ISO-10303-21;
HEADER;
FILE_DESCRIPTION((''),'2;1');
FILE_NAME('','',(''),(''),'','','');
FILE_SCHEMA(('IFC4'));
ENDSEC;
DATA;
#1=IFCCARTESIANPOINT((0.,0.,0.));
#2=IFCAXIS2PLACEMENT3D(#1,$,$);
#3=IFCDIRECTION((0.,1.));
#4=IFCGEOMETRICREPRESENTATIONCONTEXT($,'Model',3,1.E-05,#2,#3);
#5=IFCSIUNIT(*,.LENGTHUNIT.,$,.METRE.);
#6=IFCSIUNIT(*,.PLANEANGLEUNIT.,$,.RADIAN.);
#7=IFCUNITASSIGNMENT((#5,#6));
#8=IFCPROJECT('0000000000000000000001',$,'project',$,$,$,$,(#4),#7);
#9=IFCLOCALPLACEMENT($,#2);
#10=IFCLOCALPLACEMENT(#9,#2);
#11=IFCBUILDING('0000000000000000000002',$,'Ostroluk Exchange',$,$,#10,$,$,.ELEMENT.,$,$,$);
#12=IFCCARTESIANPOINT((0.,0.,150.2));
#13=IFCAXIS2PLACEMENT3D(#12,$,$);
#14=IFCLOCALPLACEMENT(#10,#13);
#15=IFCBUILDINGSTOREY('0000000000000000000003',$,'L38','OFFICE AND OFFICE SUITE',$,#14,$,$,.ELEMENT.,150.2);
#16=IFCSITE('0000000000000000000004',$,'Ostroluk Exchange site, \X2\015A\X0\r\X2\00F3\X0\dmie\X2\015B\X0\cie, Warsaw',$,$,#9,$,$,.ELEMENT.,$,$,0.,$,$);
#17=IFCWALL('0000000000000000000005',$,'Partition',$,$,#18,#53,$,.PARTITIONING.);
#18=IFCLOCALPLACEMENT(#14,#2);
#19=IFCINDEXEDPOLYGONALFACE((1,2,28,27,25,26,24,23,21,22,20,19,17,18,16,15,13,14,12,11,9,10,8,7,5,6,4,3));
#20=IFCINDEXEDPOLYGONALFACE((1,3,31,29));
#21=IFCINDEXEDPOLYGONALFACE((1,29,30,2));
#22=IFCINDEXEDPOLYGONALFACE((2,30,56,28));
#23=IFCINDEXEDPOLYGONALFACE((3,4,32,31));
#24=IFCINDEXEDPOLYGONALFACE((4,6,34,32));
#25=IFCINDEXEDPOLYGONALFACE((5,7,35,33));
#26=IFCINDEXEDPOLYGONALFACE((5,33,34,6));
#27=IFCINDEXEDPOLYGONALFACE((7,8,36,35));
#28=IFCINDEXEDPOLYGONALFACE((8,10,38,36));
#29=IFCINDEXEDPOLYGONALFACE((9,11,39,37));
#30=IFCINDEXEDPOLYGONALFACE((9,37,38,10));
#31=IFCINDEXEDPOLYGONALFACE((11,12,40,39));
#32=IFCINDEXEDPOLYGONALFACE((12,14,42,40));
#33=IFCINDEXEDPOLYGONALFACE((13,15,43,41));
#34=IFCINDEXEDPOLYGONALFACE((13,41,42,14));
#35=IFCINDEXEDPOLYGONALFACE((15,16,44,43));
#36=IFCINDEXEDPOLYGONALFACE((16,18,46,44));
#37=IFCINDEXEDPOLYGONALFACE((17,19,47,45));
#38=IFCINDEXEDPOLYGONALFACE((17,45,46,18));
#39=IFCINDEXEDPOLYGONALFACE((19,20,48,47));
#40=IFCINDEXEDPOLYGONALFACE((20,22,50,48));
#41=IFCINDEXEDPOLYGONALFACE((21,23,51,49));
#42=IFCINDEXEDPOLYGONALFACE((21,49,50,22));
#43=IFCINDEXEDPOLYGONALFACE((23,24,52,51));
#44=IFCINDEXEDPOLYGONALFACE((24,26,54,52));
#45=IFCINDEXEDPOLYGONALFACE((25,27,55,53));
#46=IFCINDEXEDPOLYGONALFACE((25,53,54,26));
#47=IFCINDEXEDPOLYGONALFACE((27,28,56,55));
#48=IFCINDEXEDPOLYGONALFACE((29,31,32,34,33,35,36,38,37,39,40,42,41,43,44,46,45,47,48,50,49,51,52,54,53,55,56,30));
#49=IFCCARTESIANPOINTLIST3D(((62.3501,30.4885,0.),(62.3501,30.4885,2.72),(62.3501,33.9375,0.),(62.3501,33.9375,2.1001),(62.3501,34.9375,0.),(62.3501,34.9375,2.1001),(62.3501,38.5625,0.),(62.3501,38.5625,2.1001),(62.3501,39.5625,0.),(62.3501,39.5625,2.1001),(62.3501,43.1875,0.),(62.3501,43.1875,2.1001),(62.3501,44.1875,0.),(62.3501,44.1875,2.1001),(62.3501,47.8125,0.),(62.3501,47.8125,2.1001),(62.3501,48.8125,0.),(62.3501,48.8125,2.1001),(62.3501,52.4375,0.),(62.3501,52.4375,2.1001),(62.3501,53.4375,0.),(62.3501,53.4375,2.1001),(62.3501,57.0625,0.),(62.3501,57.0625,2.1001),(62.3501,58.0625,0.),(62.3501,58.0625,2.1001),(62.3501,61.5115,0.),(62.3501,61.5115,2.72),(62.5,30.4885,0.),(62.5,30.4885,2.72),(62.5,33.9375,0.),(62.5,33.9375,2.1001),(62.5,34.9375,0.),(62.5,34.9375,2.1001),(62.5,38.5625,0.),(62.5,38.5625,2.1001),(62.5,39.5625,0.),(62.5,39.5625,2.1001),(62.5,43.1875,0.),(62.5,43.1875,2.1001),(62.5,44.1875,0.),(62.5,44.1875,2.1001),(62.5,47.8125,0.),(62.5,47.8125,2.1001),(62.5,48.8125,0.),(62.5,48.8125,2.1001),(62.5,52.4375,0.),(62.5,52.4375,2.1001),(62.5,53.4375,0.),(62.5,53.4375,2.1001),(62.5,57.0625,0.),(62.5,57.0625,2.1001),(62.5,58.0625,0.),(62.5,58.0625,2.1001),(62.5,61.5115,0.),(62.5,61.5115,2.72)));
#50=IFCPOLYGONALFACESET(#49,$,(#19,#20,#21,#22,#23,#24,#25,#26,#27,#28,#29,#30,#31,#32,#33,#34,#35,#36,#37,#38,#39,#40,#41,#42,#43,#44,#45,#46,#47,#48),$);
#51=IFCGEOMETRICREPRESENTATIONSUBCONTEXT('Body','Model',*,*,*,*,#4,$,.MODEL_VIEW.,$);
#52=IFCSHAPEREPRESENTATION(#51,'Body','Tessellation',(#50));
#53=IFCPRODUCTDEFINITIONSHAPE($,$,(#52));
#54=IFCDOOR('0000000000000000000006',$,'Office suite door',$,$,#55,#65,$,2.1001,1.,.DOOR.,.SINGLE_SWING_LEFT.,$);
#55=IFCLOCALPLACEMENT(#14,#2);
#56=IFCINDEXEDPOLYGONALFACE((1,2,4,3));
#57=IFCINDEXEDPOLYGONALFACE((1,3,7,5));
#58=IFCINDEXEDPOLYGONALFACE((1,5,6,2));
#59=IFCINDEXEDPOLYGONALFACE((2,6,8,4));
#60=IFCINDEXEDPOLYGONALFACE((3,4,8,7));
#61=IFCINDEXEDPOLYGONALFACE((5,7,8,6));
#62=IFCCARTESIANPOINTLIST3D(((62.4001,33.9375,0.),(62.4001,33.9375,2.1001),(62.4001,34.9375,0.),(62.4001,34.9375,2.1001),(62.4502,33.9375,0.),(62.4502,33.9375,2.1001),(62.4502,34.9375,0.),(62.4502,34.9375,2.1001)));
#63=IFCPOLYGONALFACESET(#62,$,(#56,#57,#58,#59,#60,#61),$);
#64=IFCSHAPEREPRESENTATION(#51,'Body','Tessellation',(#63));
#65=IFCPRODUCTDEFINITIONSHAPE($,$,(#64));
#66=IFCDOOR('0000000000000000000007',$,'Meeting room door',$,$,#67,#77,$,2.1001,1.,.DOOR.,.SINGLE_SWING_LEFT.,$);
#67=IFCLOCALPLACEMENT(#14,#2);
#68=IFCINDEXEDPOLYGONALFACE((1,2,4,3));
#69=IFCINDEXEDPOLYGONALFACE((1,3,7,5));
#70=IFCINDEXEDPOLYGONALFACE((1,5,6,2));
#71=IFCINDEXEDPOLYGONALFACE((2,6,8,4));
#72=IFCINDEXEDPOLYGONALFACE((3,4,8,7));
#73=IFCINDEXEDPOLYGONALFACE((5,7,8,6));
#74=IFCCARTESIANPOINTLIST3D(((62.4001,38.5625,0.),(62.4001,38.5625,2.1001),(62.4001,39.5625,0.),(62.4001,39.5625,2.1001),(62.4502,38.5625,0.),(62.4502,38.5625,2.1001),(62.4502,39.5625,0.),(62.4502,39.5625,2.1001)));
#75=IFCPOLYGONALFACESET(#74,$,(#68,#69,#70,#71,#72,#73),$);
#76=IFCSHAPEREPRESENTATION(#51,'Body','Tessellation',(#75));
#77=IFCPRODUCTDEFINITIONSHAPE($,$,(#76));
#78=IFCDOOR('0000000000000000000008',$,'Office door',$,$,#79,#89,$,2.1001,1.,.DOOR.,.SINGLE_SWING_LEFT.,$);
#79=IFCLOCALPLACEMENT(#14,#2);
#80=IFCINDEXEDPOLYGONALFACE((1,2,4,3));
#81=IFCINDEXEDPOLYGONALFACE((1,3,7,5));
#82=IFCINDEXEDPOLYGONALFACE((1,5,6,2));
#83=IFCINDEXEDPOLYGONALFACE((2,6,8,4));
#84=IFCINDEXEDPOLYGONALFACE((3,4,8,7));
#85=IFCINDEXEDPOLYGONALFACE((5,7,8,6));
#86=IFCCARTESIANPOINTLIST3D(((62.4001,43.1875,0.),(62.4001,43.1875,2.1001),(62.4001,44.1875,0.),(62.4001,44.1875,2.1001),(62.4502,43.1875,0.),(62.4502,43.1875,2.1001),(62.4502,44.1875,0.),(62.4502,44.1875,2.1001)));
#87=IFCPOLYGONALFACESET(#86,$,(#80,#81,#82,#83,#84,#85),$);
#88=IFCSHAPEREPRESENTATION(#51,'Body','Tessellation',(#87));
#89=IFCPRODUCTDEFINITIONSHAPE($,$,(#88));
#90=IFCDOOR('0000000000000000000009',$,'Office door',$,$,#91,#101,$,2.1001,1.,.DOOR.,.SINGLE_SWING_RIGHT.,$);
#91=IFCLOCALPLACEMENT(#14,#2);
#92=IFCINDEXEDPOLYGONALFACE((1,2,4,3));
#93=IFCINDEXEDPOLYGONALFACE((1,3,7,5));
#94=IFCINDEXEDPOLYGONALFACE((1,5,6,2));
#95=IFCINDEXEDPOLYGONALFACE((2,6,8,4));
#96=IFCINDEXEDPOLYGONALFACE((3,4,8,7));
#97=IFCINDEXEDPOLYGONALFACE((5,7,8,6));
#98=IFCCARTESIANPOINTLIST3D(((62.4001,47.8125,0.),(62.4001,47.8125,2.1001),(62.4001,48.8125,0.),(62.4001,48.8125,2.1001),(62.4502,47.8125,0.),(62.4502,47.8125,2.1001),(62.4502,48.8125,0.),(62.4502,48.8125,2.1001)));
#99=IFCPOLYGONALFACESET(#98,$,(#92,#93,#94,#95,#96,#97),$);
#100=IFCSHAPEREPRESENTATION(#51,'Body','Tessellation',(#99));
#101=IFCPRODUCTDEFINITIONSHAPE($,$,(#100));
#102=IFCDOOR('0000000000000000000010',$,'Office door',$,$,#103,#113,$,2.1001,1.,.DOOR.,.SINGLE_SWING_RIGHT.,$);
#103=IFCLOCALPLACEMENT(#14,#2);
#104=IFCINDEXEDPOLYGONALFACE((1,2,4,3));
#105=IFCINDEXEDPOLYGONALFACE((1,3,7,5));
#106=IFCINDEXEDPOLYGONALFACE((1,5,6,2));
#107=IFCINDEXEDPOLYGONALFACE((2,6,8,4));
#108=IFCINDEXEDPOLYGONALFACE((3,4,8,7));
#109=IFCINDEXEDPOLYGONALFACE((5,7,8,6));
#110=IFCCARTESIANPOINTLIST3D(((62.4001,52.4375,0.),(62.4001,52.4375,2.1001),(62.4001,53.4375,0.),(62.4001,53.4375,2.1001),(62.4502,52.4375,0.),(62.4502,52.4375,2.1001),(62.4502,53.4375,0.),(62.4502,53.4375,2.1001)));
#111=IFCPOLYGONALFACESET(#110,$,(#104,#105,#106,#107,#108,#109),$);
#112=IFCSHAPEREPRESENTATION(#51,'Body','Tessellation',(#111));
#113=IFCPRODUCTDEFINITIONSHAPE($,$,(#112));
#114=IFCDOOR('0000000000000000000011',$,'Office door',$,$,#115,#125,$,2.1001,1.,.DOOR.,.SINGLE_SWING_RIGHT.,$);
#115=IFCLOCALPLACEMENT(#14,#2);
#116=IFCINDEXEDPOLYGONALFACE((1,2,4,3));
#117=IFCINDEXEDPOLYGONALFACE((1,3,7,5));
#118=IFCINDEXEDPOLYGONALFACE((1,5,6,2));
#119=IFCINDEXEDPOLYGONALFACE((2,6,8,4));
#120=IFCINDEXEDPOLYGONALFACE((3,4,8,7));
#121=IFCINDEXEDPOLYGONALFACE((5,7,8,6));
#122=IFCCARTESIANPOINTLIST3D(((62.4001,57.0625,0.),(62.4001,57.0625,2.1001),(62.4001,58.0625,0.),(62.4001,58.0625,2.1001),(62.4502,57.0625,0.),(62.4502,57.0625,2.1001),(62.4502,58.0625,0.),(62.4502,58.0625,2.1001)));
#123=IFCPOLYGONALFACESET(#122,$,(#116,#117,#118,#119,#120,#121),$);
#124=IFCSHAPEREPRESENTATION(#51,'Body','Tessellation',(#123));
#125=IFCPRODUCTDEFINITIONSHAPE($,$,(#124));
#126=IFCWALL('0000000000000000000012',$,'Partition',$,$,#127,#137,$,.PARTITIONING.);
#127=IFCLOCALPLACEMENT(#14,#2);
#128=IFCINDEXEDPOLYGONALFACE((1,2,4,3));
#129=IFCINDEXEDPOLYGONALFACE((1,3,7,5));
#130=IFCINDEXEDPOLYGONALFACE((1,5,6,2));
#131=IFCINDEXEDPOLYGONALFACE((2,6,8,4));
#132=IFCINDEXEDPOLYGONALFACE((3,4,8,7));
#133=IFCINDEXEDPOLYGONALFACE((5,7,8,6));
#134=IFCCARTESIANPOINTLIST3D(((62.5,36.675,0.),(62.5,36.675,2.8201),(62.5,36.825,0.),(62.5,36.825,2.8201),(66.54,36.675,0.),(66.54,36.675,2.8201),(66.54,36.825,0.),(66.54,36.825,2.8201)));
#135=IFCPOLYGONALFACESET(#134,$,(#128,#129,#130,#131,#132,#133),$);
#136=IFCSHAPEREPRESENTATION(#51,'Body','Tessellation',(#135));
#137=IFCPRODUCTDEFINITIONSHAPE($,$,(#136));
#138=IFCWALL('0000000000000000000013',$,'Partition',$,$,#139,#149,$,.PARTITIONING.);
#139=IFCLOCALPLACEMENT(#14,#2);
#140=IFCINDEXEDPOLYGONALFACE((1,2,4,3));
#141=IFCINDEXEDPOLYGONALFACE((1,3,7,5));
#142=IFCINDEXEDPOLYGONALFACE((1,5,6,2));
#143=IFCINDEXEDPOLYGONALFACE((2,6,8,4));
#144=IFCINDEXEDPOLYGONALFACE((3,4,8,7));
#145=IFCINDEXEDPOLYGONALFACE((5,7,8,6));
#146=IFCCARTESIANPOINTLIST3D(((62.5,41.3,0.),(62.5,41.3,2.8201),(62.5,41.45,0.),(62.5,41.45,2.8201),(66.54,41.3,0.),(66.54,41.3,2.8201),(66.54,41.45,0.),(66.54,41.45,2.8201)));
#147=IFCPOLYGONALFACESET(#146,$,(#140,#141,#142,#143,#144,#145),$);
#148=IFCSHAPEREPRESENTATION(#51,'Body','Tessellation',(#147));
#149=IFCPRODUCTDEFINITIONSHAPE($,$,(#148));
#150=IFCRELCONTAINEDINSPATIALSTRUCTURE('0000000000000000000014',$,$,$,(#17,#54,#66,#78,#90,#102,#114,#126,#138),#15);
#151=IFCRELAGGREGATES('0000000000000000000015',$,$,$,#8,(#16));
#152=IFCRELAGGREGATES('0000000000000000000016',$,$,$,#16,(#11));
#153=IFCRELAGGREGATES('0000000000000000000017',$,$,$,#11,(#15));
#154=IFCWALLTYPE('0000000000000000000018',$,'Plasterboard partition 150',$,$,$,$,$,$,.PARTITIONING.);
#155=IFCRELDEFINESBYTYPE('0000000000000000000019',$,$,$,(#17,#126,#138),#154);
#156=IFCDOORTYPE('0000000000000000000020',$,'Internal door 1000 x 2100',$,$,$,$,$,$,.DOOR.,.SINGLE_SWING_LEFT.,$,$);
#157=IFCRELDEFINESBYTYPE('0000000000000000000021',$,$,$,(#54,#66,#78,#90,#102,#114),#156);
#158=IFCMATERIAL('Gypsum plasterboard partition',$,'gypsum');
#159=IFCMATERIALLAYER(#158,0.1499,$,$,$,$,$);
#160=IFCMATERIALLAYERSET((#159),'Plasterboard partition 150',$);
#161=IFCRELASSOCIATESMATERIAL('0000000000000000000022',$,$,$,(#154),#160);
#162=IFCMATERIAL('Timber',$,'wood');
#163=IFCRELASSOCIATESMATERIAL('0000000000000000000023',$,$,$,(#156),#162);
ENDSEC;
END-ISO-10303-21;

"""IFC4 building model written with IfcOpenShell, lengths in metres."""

from ifc_helpers import new_model, si_unit, direction, frame, frame_2d, origin, place, context, subcontext, project, spatial, rectangle, extrude, material, layer, layer_set, type_object, element, fill, save


model = new_model("IFC4")

# Units and contexts
model_context = context("Model", 3, precision=1e-05, world=origin(), true_north=direction((0.0, 1.0)))
body_context = subcontext(model_context, "Body", "Model", "MODEL_VIEW")
ifc_project = project(units=[si_unit("LENGTHUNIT", "METRE"), si_unit("PLANEANGLEUNIT", "RADIAN")], contexts=[model_context])

# Site, building, storey
site_placement = place(None, origin())
site = spatial("IfcSite", under=ifc_project, at=site_placement, Name="Ostroluk Exchange site, Śródmieście, Warsaw", CompositionType="ELEMENT", RefElevation=0.0)
building_placement = place(site_placement, origin())
building = spatial("IfcBuilding", under=site, at=building_placement, Name="Ostroluk Exchange", CompositionType="ELEMENT")
storey_placement = place(building_placement, frame((0.0, 0.0, 150.2)))
storey = spatial("IfcBuildingStorey", under=building, at=storey_placement, Name="L38", Description="OFFICE AND OFFICE SUITE", CompositionType="ELEMENT", Elevation=150.2)

# Shared definitions
ifc_material_1 = material(Name="Gypsum plasterboard partition", Category="gypsum")
ifc_layer_1 = layer(ifc_material_1, 0.1499)
ifc_layer_set_1 = layer_set([ifc_layer_1], Name="Plasterboard partition 150")
wall_type = type_object("IfcWallType", Name="Plasterboard partition 150", PredefinedType="PARTITIONING", material=ifc_layer_set_1)
ifc_material_2 = material(Name="Timber", Category="wood")
door_type = type_object("IfcDoorType", Name="Internal door 1000 x 2100", OperationType="SINGLE_SWING_LEFT", PredefinedType="DOOR", material=ifc_material_2)

# Wall, openings, doors
wall_1_placement = place(storey_placement, frame((62.425, 30.4885, 0.0), z_axis=(0.0, 0.0, 1.0), x_axis=(0.0, 1.0, 0.0)))
wall_1 = element("IfcWall", 1, at=wall_1_placement, inside=storey, type_object=wall_type, Name="Partition", PredefinedType="PARTITIONING", context=body_context, shape_type="SweptSolid", body=[
    extrude(rectangle(XDim=31.0229, YDim=0.1499, at=frame_2d((15.5115, 0.0))), origin(), (0.0, 0.0, 1.0), 2.72),
])
opening_1_placement = place(wall_1_placement, frame((3.449, 0.0, 0.0)))
opening_1 = element("IfcOpeningElement", 2, at=opening_1_placement, cuts=wall_1, PredefinedType="OPENING", context=body_context, shape_type="SweptSolid", body=[
    extrude(rectangle(XDim=1.0, YDim=2.1001, at=frame_2d((0.5, 1.05))), frame((0.0, 0.085, 0.0), z_axis=(0.0, -1.0, 0.0), x_axis=(1.0, 0.0, 0.0)), (0.0, 0.0, 1.0), 0.1699),
])
opening_2_placement = place(wall_1_placement, frame((8.074, 0.0, 0.0)))
opening_2 = element("IfcOpeningElement", 3, at=opening_2_placement, cuts=wall_1, PredefinedType="OPENING", context=body_context, shape_type="SweptSolid", body=[
    extrude(rectangle(XDim=1.0, YDim=2.1001, at=frame_2d((0.5, 1.05))), frame((0.0, 0.085, 0.0), z_axis=(0.0, -1.0, 0.0), x_axis=(1.0, 0.0, 0.0)), (0.0, 0.0, 1.0), 0.1699),
])
opening_3_placement = place(wall_1_placement, frame((12.699, 0.0, 0.0)))
opening_3 = element("IfcOpeningElement", 4, at=opening_3_placement, cuts=wall_1, PredefinedType="OPENING", context=body_context, shape_type="SweptSolid", body=[
    extrude(rectangle(XDim=1.0, YDim=2.1001, at=frame_2d((0.5, 1.05))), frame((0.0, 0.085, 0.0), z_axis=(0.0, -1.0, 0.0), x_axis=(1.0, 0.0, 0.0)), (0.0, 0.0, 1.0), 0.1699),
])
opening_4_placement = place(wall_1_placement, frame((17.324, 0.0, 0.0)))
opening_4 = element("IfcOpeningElement", 5, at=opening_4_placement, cuts=wall_1, PredefinedType="OPENING", context=body_context, shape_type="SweptSolid", body=[
    extrude(rectangle(XDim=1.0, YDim=2.1001, at=frame_2d((0.5, 1.05))), frame((0.0, 0.085, 0.0), z_axis=(0.0, -1.0, 0.0), x_axis=(1.0, 0.0, 0.0)), (0.0, 0.0, 1.0), 0.1699),
])
opening_5_placement = place(wall_1_placement, frame((21.949, 0.0, 0.0)))
opening_5 = element("IfcOpeningElement", 6, at=opening_5_placement, cuts=wall_1, PredefinedType="OPENING", context=body_context, shape_type="SweptSolid", body=[
    extrude(rectangle(XDim=1.0, YDim=2.1001, at=frame_2d((0.5, 1.05))), frame((0.0, 0.085, 0.0), z_axis=(0.0, -1.0, 0.0), x_axis=(1.0, 0.0, 0.0)), (0.0, 0.0, 1.0), 0.1699),
])
opening_6_placement = place(wall_1_placement, frame((26.574, 0.0, 0.0)))
opening_6 = element("IfcOpeningElement", 7, at=opening_6_placement, cuts=wall_1, PredefinedType="OPENING", context=body_context, shape_type="SweptSolid", body=[
    extrude(rectangle(XDim=1.0, YDim=2.1001, at=frame_2d((0.5, 1.05))), frame((0.0, 0.085, 0.0), z_axis=(0.0, -1.0, 0.0), x_axis=(1.0, 0.0, 0.0)), (0.0, 0.0, 1.0), 0.1699),
])
door_1_placement = place(opening_1_placement, origin())
door_1 = element("IfcDoor", 8, at=door_1_placement, inside=storey, type_object=door_type, Name="Office suite door", OperationType="SINGLE_SWING_LEFT", OverallHeight=2.1001, OverallWidth=1.0, PredefinedType="DOOR", context=body_context, shape_type="SweptSolid", body=[
    extrude(rectangle(XDim=1.0, YDim=2.1001, at=frame_2d((0.5, 1.05))), frame((0.0, 0.0249, 0.0), z_axis=(0.0, -1.0, 0.0), x_axis=(1.0, 0.0, 0.0)), (0.0, 0.0, 1.0), 0.05),
])
fill(opening_1, door_1)
door_2_placement = place(opening_2_placement, origin())
door_2 = element("IfcDoor", 9, at=door_2_placement, inside=storey, type_object=door_type, Name="Meeting room door", OperationType="SINGLE_SWING_LEFT", OverallHeight=2.1001, OverallWidth=1.0, PredefinedType="DOOR", context=body_context, shape_type="SweptSolid", body=[
    extrude(rectangle(XDim=1.0, YDim=2.1001, at=frame_2d((0.5, 1.05))), frame((0.0, 0.0249, 0.0), z_axis=(0.0, -1.0, 0.0), x_axis=(1.0, 0.0, 0.0)), (0.0, 0.0, 1.0), 0.05),
])
fill(opening_2, door_2)
door_3_placement = place(opening_3_placement, origin())
door_3 = element("IfcDoor", 10, at=door_3_placement, inside=storey, type_object=door_type, Name="Office door", OperationType="SINGLE_SWING_LEFT", OverallHeight=2.1001, OverallWidth=1.0, PredefinedType="DOOR", context=body_context, shape_type="SweptSolid", body=[
    extrude(rectangle(XDim=1.0, YDim=2.1001, at=frame_2d((0.5, 1.05))), frame((0.0, 0.0249, 0.0), z_axis=(0.0, -1.0, 0.0), x_axis=(1.0, 0.0, 0.0)), (0.0, 0.0, 1.0), 0.05),
])
fill(opening_3, door_3)
door_4_placement = place(opening_4_placement, origin())
door_4 = element("IfcDoor", 11, at=door_4_placement, inside=storey, type_object=door_type, Name="Office door", OperationType="SINGLE_SWING_RIGHT", OverallHeight=2.1001, OverallWidth=1.0, PredefinedType="DOOR", context=body_context, shape_type="SweptSolid", body=[
    extrude(rectangle(XDim=1.0, YDim=2.1001, at=frame_2d((0.5, 1.05))), frame((0.0, 0.0249, 0.0), z_axis=(0.0, -1.0, 0.0), x_axis=(1.0, 0.0, 0.0)), (0.0, 0.0, 1.0), 0.05),
])
fill(opening_4, door_4)
door_5_placement = place(opening_5_placement, origin())
door_5 = element("IfcDoor", 12, at=door_5_placement, inside=storey, type_object=door_type, Name="Office door", OperationType="SINGLE_SWING_RIGHT", OverallHeight=2.1001, OverallWidth=1.0, PredefinedType="DOOR", context=body_context, shape_type="SweptSolid", body=[
    extrude(rectangle(XDim=1.0, YDim=2.1001, at=frame_2d((0.5, 1.05))), frame((0.0, 0.0249, 0.0), z_axis=(0.0, -1.0, 0.0), x_axis=(1.0, 0.0, 0.0)), (0.0, 0.0, 1.0), 0.05),
])
fill(opening_5, door_5)
door_6_placement = place(opening_6_placement, origin())
door_6 = element("IfcDoor", 13, at=door_6_placement, inside=storey, type_object=door_type, Name="Office door", OperationType="SINGLE_SWING_RIGHT", OverallHeight=2.1001, OverallWidth=1.0, PredefinedType="DOOR", context=body_context, shape_type="SweptSolid", body=[
    extrude(rectangle(XDim=1.0, YDim=2.1001, at=frame_2d((0.5, 1.05))), frame((0.0, 0.0249, 0.0), z_axis=(0.0, -1.0, 0.0), x_axis=(1.0, 0.0, 0.0)), (0.0, 0.0, 1.0), 0.05),
])
fill(opening_6, door_6)

# Walls
for number, where, z_axis, x_axis, name in (
    (14, (62.5, 36.75, 0.0), (0.0, 0.0, 1.0), (1.0, 0.0, 0.0), "Partition"),
    (15, (62.5, 41.375, 0.0), (0.0, 0.0, 1.0), (1.0, 0.0, 0.0), "Partition"),
):
    element("IfcWall", number, at=place(storey_placement, frame(where, z_axis=z_axis, x_axis=x_axis)), inside=storey, type_object=wall_type, Name=name, PredefinedType="PARTITIONING", context=body_context, shape_type="SweptSolid", body=[
        extrude(rectangle(XDim=4.04, YDim=0.1499, at=frame_2d((2.02, 0.0))), origin(), (0.0, 0.0, 1.0), 2.8201),
    ])

save(model, "model.ifc")
